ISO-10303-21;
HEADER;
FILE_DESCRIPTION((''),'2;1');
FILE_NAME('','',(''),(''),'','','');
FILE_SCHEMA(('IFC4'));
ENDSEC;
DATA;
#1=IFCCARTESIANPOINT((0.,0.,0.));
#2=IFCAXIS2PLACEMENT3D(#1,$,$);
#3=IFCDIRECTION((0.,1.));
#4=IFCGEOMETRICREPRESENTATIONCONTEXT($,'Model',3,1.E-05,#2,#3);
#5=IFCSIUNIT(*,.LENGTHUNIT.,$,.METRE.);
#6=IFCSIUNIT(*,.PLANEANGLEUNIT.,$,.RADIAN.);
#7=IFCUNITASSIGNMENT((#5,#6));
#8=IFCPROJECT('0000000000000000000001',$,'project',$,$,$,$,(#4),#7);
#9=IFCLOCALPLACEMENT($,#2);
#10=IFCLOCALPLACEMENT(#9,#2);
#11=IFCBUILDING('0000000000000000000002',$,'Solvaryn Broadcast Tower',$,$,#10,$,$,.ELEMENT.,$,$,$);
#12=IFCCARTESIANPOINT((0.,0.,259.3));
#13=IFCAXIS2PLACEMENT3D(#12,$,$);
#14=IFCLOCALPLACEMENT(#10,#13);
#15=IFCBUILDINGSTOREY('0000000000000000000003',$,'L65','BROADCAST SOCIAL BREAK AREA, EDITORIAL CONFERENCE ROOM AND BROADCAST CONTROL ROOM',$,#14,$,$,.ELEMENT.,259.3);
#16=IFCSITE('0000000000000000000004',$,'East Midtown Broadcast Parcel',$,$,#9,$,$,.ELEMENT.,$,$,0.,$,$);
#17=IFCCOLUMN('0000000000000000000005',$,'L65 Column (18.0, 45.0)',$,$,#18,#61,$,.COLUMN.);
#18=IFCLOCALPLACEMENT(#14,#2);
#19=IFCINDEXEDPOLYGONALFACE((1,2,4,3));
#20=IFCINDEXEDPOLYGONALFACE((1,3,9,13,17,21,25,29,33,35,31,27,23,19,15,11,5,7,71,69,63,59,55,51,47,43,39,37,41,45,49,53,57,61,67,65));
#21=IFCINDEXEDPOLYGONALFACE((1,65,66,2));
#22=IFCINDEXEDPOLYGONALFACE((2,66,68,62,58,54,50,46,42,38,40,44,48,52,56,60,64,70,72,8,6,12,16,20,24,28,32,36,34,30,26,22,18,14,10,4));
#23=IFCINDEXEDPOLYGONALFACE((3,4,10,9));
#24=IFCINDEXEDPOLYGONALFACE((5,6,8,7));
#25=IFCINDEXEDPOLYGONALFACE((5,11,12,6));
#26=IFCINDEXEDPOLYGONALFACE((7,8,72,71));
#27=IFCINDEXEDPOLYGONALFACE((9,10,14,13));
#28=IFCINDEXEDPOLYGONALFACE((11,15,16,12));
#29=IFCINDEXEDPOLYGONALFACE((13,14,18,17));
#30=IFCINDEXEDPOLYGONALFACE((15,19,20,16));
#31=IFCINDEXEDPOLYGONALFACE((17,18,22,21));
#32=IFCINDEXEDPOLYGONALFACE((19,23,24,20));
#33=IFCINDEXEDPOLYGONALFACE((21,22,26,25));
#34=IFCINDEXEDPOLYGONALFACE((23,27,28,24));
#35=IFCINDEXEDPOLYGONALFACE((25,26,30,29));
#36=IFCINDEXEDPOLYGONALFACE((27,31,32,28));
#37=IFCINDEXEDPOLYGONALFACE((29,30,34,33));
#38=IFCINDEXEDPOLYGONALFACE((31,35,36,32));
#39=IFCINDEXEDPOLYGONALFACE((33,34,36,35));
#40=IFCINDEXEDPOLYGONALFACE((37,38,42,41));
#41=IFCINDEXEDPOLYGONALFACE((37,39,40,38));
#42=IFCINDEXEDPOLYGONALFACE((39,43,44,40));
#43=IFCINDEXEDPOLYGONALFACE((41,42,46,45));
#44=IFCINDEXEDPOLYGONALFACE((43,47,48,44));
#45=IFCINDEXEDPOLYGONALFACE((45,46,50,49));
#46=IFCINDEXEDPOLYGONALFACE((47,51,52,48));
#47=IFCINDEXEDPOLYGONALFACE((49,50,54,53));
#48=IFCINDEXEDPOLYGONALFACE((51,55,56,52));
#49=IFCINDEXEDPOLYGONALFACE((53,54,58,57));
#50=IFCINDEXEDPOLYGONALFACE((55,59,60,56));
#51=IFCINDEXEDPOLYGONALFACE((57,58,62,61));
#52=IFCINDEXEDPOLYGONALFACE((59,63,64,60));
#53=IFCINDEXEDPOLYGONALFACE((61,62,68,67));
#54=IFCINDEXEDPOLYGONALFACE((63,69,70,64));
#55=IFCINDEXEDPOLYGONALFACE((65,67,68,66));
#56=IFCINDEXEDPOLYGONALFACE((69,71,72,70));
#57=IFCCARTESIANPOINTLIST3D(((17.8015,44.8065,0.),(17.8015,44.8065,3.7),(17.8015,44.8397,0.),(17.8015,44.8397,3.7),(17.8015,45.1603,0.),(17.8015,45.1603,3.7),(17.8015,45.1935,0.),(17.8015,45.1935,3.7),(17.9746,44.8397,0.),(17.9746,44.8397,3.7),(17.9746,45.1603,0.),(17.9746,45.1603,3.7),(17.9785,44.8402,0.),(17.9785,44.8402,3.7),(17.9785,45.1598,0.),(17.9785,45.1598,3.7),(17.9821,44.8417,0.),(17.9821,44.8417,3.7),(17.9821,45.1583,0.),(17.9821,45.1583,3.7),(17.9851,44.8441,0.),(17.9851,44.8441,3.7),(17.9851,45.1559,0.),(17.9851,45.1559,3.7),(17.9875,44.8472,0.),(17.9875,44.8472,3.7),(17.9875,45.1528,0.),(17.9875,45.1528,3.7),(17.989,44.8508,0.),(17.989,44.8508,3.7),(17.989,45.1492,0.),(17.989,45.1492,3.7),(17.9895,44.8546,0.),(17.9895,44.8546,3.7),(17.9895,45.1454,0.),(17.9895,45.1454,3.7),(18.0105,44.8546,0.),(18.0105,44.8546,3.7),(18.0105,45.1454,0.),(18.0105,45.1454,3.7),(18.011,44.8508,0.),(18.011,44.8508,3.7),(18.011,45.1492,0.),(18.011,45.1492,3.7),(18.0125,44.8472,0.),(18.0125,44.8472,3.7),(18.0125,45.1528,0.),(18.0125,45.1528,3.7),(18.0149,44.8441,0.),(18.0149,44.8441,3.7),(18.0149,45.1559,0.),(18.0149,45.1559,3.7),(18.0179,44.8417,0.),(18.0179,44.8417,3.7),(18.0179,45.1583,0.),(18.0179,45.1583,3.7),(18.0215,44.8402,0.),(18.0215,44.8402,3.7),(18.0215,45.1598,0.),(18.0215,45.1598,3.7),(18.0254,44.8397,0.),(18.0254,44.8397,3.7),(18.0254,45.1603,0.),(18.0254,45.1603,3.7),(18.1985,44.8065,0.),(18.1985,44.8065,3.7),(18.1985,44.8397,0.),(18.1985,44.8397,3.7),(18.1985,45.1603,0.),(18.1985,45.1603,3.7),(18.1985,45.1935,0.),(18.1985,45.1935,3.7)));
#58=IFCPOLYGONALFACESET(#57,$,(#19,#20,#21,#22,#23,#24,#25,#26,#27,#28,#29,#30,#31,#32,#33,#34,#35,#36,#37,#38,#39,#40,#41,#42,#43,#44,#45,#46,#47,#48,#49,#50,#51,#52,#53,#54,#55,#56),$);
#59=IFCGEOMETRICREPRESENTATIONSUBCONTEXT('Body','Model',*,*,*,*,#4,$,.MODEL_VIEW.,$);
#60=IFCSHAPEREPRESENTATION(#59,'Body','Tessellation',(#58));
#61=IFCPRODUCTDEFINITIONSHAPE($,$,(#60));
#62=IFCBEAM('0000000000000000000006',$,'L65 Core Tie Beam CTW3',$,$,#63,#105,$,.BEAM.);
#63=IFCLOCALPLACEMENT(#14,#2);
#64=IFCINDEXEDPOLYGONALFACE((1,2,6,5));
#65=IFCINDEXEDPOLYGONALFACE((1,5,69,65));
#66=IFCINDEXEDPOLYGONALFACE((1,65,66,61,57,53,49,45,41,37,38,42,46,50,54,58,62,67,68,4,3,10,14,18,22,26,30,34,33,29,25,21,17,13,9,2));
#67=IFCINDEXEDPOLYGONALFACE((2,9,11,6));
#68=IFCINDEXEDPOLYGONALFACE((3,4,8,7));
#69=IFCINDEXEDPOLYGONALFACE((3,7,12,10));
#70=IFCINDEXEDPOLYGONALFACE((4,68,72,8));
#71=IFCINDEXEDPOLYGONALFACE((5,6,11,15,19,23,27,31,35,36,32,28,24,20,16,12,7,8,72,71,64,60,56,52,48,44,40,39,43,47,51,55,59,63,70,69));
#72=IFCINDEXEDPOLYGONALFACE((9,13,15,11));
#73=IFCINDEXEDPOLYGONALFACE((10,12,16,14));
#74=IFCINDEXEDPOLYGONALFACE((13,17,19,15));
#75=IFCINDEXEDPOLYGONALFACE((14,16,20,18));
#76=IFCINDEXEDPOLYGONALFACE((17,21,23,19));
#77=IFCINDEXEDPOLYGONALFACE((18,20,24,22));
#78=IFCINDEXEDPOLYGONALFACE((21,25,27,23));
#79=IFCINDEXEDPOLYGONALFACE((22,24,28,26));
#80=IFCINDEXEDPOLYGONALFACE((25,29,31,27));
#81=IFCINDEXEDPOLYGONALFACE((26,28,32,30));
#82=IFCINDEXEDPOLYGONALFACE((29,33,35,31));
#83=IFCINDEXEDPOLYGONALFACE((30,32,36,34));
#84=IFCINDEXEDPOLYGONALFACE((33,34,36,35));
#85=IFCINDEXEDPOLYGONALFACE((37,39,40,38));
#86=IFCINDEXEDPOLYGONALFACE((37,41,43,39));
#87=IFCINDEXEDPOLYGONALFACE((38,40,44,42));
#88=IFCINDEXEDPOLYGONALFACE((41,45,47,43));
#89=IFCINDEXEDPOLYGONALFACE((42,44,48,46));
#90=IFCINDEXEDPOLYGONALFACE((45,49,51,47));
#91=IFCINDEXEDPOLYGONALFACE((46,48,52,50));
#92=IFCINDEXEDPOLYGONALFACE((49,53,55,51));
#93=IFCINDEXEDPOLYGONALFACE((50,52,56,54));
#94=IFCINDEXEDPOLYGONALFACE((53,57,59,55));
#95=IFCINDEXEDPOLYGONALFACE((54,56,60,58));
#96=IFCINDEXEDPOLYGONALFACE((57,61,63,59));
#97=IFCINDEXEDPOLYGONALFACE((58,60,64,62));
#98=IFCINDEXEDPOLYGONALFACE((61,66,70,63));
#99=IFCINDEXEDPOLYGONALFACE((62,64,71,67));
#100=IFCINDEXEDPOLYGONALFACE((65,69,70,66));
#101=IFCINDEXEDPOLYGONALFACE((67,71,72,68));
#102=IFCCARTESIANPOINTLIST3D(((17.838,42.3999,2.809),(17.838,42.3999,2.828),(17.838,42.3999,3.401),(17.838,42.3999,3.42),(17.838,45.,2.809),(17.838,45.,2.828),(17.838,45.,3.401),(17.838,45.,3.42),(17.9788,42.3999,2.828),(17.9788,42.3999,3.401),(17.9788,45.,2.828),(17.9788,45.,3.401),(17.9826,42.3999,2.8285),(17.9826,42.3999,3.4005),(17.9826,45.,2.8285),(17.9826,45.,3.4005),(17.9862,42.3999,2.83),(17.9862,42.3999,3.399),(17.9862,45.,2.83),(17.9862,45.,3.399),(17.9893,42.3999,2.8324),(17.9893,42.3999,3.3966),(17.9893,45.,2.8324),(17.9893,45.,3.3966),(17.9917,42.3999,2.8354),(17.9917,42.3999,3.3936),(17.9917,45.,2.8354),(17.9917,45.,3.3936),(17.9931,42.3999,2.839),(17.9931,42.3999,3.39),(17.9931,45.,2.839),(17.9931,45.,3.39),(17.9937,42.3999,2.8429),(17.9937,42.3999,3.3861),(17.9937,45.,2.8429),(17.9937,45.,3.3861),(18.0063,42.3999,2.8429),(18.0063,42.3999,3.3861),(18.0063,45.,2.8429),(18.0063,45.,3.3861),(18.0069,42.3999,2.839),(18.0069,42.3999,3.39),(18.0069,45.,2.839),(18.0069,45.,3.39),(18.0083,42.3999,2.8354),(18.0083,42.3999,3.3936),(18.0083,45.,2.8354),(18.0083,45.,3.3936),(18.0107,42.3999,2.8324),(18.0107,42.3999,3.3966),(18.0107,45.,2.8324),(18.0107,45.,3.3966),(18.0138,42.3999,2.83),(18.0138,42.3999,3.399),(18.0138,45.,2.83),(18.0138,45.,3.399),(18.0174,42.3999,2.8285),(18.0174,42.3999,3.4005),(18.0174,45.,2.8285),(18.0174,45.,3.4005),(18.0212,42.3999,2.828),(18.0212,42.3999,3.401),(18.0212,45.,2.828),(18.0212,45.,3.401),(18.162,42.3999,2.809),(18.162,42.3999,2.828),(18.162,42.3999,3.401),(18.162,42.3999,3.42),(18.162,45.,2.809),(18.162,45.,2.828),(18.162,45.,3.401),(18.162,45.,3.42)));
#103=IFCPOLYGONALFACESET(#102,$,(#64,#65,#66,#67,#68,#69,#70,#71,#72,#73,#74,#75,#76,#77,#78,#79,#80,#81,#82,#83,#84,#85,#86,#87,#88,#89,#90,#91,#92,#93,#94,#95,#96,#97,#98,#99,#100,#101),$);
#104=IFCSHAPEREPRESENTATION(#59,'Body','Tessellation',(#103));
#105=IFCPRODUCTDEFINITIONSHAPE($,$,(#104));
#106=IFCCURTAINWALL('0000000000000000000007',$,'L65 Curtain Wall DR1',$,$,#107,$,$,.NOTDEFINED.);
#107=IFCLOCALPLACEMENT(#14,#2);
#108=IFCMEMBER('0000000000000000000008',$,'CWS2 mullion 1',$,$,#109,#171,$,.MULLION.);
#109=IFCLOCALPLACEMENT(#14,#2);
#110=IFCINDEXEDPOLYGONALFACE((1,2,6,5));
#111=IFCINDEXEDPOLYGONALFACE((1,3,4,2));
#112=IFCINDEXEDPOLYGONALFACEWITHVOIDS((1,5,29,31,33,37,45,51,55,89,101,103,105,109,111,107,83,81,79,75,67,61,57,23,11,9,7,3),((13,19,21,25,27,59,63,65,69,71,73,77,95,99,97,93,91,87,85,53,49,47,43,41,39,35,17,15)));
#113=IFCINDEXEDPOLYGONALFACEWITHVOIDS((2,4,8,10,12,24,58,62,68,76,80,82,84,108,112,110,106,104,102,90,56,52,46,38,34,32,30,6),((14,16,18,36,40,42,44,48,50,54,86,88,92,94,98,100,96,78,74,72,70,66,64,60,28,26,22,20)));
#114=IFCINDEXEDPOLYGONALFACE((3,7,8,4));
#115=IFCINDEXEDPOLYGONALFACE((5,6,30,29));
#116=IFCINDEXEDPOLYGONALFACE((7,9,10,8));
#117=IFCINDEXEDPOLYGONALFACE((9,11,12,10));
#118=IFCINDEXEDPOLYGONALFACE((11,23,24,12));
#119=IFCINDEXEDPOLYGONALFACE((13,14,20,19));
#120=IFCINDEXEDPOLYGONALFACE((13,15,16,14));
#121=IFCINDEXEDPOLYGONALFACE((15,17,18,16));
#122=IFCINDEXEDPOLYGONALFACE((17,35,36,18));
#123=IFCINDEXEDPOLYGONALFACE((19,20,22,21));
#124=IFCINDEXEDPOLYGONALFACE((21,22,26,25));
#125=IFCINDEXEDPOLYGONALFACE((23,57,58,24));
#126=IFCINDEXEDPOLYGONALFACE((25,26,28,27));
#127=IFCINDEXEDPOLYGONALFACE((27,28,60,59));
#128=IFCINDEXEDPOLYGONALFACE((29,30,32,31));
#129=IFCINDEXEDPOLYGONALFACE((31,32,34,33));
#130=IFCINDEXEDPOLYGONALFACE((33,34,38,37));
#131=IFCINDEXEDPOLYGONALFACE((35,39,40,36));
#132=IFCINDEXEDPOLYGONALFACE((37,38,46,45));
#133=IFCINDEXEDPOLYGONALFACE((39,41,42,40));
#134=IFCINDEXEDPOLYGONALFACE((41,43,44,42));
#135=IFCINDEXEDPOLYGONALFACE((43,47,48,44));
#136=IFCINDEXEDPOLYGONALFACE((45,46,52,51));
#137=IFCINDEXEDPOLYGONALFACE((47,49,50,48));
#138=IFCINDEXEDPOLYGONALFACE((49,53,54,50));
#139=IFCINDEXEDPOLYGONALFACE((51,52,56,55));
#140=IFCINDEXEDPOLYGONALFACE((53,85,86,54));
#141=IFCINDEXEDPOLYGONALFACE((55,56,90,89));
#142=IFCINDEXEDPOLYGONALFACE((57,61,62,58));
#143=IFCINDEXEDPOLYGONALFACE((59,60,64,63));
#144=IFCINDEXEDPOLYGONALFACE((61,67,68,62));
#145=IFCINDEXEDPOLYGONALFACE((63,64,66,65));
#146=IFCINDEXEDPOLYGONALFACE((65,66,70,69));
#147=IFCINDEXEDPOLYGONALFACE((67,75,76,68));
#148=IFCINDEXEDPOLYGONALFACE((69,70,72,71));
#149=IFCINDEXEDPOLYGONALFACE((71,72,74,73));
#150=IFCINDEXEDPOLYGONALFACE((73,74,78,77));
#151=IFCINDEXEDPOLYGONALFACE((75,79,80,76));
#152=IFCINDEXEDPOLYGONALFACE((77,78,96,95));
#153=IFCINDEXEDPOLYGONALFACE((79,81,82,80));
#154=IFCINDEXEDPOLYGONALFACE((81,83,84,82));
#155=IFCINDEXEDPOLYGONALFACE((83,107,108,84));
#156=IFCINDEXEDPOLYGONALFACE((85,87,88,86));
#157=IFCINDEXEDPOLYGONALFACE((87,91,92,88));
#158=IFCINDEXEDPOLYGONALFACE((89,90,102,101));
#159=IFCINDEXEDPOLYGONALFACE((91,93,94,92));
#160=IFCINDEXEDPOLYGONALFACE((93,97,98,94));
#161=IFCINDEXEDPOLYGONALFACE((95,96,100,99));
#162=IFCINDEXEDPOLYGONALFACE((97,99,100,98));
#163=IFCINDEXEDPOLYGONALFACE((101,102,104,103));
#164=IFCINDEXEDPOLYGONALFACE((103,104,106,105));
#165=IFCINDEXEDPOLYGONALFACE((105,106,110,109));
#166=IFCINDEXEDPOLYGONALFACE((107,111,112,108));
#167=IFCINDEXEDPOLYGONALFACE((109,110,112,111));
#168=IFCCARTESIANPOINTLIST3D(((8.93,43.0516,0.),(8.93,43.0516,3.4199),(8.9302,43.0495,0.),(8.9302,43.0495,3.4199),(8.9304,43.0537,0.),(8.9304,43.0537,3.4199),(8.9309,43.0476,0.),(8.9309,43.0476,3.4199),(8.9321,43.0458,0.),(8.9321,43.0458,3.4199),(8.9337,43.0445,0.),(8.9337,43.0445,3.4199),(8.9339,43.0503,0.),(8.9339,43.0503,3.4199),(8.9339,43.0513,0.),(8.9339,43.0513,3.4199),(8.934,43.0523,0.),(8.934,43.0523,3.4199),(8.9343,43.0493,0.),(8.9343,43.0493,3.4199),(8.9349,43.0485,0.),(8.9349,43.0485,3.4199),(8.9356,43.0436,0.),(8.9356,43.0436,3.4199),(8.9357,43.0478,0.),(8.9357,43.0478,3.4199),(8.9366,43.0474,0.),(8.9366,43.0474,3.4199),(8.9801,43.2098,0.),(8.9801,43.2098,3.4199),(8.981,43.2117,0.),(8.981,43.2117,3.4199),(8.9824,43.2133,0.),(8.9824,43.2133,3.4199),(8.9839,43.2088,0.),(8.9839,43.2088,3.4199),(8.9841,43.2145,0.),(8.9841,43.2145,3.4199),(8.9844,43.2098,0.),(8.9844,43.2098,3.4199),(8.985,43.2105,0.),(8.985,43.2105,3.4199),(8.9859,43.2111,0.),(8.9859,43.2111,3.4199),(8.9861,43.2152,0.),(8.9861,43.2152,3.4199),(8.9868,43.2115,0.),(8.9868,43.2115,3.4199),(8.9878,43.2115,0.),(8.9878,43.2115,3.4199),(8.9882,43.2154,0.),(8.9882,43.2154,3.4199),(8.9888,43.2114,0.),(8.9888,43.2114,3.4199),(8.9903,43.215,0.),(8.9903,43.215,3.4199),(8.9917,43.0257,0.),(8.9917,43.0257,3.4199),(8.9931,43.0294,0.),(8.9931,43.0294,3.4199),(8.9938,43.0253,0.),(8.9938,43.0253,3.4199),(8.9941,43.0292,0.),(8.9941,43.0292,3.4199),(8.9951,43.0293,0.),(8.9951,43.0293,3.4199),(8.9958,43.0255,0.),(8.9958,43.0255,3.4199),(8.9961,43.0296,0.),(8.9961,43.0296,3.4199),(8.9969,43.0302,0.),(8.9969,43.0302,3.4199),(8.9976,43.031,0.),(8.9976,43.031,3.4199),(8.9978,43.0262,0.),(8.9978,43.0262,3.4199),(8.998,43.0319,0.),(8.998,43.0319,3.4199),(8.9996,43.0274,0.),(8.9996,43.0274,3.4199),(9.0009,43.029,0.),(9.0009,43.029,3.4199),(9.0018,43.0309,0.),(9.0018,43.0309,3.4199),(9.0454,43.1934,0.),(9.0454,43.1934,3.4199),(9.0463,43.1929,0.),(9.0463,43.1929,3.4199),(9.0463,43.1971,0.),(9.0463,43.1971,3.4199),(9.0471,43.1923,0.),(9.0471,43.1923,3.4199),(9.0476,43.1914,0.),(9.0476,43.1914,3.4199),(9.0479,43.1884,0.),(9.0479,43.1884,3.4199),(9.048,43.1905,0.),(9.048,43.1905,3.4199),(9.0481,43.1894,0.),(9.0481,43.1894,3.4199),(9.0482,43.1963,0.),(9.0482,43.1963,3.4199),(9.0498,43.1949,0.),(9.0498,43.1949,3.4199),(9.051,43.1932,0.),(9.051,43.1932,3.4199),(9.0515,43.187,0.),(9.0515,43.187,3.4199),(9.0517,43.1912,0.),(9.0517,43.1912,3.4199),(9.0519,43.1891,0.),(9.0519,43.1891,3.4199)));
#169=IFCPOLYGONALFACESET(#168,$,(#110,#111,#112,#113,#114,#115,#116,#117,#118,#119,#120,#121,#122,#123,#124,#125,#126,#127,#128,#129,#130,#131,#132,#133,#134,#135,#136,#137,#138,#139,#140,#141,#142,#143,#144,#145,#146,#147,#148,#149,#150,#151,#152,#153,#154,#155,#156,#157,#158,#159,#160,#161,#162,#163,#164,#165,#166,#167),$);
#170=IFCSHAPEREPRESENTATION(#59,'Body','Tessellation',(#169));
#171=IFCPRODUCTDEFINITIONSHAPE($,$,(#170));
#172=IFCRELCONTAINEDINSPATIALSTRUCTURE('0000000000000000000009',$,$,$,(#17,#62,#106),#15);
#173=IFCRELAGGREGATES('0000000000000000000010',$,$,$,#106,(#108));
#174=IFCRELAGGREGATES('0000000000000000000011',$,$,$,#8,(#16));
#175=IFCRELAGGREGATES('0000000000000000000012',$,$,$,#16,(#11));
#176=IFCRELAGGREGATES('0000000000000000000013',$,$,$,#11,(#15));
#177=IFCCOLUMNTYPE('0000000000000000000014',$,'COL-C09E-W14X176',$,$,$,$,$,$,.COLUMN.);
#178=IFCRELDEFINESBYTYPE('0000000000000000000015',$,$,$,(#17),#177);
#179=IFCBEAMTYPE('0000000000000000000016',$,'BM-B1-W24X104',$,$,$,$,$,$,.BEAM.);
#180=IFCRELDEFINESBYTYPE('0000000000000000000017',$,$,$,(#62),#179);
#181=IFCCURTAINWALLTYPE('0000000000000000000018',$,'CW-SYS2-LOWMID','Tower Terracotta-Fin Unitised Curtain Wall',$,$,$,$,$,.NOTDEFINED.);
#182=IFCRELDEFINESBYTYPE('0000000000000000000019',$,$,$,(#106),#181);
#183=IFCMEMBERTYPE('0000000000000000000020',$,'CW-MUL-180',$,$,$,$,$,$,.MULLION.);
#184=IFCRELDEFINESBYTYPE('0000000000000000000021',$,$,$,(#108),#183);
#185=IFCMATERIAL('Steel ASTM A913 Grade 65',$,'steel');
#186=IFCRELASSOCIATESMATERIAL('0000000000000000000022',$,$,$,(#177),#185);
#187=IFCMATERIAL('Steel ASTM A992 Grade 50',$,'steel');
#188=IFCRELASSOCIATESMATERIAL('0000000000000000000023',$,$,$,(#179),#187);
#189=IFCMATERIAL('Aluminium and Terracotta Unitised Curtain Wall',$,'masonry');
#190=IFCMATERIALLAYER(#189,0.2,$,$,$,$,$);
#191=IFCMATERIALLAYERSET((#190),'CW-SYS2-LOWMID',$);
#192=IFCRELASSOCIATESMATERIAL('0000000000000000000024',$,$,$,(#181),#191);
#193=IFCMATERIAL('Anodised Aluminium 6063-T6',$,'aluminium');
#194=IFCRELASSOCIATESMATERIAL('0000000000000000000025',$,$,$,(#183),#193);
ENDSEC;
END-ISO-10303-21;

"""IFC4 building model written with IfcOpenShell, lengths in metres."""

from ifc_helpers import new_model, si_unit, direction, frame, origin, origin_2d, place, context, subcontext, project, spatial, hollow_rectangle, i_section, extrude, material, layer, layer_set, material_profile, profile_set, type_object, element, aggregate, save


model = new_model("IFC4")

# Units and contexts
model_context = context("Model", 3, precision=1e-05, world=origin(), true_north=direction((0.0, 1.0)))
body_context = subcontext(model_context, "Body", "Model", "MODEL_VIEW")
ifc_project = project(units=[si_unit("LENGTHUNIT", "METRE"), si_unit("PLANEANGLEUNIT", "RADIAN")], contexts=[model_context])

# Site, building, storey
site_placement = place(None, origin())
site = spatial("IfcSite", under=ifc_project, at=site_placement, Name="East Midtown Broadcast Parcel", CompositionType="ELEMENT", RefElevation=0.0)
building_placement = place(site_placement, origin())
building = spatial("IfcBuilding", under=site, at=building_placement, Name="Solvaryn Broadcast Tower", CompositionType="ELEMENT")
storey_placement = place(building_placement, frame((0.0, 0.0, 259.3)))
storey = spatial("IfcBuildingStorey", under=building, at=storey_placement, Name="L65", Description="BROADCAST SOCIAL BREAK AREA, EDITORIAL CONFERENCE ROOM AND BROADCAST CONTROL ROOM", CompositionType="ELEMENT", Elevation=259.3)

# Column
ifc_material_1 = material(Name="Steel ASTM A913 Grade 65", Category="steel")
ifc_material_profile_1 = material_profile(ifc_material_1, i_section(OverallWidth=0.397, OverallDepth=0.387, WebThickness=0.021, FlangeThickness=0.0332, FilletRadius=0.0149, at=origin_2d()))
ifc_profile_set_1 = profile_set([ifc_material_profile_1], Name="Steel ASTM A913 Grade 65")
column_type = type_object("IfcColumnType", Name="COL-C09E-W14X176", PredefinedType="COLUMN", material=ifc_profile_set_1)
column_placement = place(storey_placement, frame((18.0, 45.0, 0.0), z_axis=(0.0, 0.0, 1.0), x_axis=(1.0, 0.0, 0.0)))
element("IfcColumn", 1, at=column_placement, inside=storey, type_object=column_type, Name="L65 Column (18.0, 45.0)", PredefinedType="COLUMN", context=body_context, shape_type="SweptSolid", body=[
    extrude(i_section(OverallWidth=0.397, OverallDepth=0.387, WebThickness=0.021, FlangeThickness=0.0332, FilletRadius=0.0149, at=origin_2d()), origin(), (0.0, 0.0, 1.0), 3.7),
])

# Beam
ifc_material_2 = material(Name="Steel ASTM A992 Grade 50", Category="steel")
ifc_material_profile_2 = material_profile(ifc_material_2, i_section(OverallWidth=0.324, OverallDepth=0.6111, WebThickness=0.0127, FlangeThickness=0.019, FilletRadius=0.0149, at=origin_2d()))
ifc_profile_set_2 = profile_set([ifc_material_profile_2], Name="Steel ASTM A992 Grade 50")
beam_type = type_object("IfcBeamType", Name="BM-B1-W24X104", PredefinedType="BEAM", material=ifc_profile_set_2)
beam_placement = place(storey_placement, frame((18.0, 42.3999, 3.1145), z_axis=(0.0, 1.0, 0.0), x_axis=(-1.0, 0.0, 0.0)))
element("IfcBeam", 2, at=beam_placement, inside=storey, type_object=beam_type, Name="L65 Core Tie Beam CTW3", PredefinedType="BEAM", context=body_context, shape_type="SweptSolid", body=[
    extrude(i_section(OverallWidth=0.324, OverallDepth=0.6111, WebThickness=0.0127, FlangeThickness=0.019, FilletRadius=0.0149, at=origin_2d()), origin(), (0.0, 0.0, 1.0), 2.6001),
])

# Curtain wall, member
ifc_material_3 = material(Name="Aluminium and Terracotta Unitised Curtain Wall", Category="masonry")
ifc_layer_1 = layer(ifc_material_3, 0.2)
ifc_layer_set_1 = layer_set([ifc_layer_1], Name="CW-SYS2-LOWMID")
curtain_wall_type = type_object("IfcCurtainWallType", Name="CW-SYS2-LOWMID", Description="Tower Terracotta-Fin Unitised Curtain Wall", PredefinedType="NOTDEFINED", material=ifc_layer_set_1)
curtain_wall_1_placement = place(storey_placement, origin())
curtain_wall_1 = element("IfcCurtainWall", 3, at=curtain_wall_1_placement, inside=storey, type_object=curtain_wall_type, Name="L65 Curtain Wall DR1", PredefinedType="NOTDEFINED")
ifc_material_4 = material(Name="Anodised Aluminium 6063-T6", Category="aluminium")
ifc_material_profile_3 = material_profile(ifc_material_4, hollow_rectangle(XDim=0.075, YDim=0.1799, WallThickness=0.0039, InnerFilletRadius=0.0039, OuterFilletRadius=0.0081, at=origin_2d()))
ifc_profile_set_3 = profile_set([ifc_material_profile_3], Name="Anodised Aluminium 6063-T6")
member_type_1 = type_object("IfcMemberType", Name="CW-MUL-180", PredefinedType="MULLION", material=ifc_profile_set_3)
member_1_placement = place(storey_placement, frame((8.991, 43.1204, 0.0), z_axis=(0.0, 0.0, 1.0), x_axis=(0.952795, -0.303616, 0.0)))
member_1 = element("IfcMember", 4, at=member_1_placement, type_object=member_type_1, Name="CWS2 mullion 1", PredefinedType="MULLION", context=body_context, shape_type="SweptSolid", body=[
    extrude(hollow_rectangle(XDim=0.075, YDim=0.1799, WallThickness=0.0039, InnerFilletRadius=0.0039, OuterFilletRadius=0.0081, at=origin_2d()), origin(), (0.0, 0.0, 1.0), 3.4199),
])

aggregate(curtain_wall_1, [member_1])

save(model, "model.ifc")
